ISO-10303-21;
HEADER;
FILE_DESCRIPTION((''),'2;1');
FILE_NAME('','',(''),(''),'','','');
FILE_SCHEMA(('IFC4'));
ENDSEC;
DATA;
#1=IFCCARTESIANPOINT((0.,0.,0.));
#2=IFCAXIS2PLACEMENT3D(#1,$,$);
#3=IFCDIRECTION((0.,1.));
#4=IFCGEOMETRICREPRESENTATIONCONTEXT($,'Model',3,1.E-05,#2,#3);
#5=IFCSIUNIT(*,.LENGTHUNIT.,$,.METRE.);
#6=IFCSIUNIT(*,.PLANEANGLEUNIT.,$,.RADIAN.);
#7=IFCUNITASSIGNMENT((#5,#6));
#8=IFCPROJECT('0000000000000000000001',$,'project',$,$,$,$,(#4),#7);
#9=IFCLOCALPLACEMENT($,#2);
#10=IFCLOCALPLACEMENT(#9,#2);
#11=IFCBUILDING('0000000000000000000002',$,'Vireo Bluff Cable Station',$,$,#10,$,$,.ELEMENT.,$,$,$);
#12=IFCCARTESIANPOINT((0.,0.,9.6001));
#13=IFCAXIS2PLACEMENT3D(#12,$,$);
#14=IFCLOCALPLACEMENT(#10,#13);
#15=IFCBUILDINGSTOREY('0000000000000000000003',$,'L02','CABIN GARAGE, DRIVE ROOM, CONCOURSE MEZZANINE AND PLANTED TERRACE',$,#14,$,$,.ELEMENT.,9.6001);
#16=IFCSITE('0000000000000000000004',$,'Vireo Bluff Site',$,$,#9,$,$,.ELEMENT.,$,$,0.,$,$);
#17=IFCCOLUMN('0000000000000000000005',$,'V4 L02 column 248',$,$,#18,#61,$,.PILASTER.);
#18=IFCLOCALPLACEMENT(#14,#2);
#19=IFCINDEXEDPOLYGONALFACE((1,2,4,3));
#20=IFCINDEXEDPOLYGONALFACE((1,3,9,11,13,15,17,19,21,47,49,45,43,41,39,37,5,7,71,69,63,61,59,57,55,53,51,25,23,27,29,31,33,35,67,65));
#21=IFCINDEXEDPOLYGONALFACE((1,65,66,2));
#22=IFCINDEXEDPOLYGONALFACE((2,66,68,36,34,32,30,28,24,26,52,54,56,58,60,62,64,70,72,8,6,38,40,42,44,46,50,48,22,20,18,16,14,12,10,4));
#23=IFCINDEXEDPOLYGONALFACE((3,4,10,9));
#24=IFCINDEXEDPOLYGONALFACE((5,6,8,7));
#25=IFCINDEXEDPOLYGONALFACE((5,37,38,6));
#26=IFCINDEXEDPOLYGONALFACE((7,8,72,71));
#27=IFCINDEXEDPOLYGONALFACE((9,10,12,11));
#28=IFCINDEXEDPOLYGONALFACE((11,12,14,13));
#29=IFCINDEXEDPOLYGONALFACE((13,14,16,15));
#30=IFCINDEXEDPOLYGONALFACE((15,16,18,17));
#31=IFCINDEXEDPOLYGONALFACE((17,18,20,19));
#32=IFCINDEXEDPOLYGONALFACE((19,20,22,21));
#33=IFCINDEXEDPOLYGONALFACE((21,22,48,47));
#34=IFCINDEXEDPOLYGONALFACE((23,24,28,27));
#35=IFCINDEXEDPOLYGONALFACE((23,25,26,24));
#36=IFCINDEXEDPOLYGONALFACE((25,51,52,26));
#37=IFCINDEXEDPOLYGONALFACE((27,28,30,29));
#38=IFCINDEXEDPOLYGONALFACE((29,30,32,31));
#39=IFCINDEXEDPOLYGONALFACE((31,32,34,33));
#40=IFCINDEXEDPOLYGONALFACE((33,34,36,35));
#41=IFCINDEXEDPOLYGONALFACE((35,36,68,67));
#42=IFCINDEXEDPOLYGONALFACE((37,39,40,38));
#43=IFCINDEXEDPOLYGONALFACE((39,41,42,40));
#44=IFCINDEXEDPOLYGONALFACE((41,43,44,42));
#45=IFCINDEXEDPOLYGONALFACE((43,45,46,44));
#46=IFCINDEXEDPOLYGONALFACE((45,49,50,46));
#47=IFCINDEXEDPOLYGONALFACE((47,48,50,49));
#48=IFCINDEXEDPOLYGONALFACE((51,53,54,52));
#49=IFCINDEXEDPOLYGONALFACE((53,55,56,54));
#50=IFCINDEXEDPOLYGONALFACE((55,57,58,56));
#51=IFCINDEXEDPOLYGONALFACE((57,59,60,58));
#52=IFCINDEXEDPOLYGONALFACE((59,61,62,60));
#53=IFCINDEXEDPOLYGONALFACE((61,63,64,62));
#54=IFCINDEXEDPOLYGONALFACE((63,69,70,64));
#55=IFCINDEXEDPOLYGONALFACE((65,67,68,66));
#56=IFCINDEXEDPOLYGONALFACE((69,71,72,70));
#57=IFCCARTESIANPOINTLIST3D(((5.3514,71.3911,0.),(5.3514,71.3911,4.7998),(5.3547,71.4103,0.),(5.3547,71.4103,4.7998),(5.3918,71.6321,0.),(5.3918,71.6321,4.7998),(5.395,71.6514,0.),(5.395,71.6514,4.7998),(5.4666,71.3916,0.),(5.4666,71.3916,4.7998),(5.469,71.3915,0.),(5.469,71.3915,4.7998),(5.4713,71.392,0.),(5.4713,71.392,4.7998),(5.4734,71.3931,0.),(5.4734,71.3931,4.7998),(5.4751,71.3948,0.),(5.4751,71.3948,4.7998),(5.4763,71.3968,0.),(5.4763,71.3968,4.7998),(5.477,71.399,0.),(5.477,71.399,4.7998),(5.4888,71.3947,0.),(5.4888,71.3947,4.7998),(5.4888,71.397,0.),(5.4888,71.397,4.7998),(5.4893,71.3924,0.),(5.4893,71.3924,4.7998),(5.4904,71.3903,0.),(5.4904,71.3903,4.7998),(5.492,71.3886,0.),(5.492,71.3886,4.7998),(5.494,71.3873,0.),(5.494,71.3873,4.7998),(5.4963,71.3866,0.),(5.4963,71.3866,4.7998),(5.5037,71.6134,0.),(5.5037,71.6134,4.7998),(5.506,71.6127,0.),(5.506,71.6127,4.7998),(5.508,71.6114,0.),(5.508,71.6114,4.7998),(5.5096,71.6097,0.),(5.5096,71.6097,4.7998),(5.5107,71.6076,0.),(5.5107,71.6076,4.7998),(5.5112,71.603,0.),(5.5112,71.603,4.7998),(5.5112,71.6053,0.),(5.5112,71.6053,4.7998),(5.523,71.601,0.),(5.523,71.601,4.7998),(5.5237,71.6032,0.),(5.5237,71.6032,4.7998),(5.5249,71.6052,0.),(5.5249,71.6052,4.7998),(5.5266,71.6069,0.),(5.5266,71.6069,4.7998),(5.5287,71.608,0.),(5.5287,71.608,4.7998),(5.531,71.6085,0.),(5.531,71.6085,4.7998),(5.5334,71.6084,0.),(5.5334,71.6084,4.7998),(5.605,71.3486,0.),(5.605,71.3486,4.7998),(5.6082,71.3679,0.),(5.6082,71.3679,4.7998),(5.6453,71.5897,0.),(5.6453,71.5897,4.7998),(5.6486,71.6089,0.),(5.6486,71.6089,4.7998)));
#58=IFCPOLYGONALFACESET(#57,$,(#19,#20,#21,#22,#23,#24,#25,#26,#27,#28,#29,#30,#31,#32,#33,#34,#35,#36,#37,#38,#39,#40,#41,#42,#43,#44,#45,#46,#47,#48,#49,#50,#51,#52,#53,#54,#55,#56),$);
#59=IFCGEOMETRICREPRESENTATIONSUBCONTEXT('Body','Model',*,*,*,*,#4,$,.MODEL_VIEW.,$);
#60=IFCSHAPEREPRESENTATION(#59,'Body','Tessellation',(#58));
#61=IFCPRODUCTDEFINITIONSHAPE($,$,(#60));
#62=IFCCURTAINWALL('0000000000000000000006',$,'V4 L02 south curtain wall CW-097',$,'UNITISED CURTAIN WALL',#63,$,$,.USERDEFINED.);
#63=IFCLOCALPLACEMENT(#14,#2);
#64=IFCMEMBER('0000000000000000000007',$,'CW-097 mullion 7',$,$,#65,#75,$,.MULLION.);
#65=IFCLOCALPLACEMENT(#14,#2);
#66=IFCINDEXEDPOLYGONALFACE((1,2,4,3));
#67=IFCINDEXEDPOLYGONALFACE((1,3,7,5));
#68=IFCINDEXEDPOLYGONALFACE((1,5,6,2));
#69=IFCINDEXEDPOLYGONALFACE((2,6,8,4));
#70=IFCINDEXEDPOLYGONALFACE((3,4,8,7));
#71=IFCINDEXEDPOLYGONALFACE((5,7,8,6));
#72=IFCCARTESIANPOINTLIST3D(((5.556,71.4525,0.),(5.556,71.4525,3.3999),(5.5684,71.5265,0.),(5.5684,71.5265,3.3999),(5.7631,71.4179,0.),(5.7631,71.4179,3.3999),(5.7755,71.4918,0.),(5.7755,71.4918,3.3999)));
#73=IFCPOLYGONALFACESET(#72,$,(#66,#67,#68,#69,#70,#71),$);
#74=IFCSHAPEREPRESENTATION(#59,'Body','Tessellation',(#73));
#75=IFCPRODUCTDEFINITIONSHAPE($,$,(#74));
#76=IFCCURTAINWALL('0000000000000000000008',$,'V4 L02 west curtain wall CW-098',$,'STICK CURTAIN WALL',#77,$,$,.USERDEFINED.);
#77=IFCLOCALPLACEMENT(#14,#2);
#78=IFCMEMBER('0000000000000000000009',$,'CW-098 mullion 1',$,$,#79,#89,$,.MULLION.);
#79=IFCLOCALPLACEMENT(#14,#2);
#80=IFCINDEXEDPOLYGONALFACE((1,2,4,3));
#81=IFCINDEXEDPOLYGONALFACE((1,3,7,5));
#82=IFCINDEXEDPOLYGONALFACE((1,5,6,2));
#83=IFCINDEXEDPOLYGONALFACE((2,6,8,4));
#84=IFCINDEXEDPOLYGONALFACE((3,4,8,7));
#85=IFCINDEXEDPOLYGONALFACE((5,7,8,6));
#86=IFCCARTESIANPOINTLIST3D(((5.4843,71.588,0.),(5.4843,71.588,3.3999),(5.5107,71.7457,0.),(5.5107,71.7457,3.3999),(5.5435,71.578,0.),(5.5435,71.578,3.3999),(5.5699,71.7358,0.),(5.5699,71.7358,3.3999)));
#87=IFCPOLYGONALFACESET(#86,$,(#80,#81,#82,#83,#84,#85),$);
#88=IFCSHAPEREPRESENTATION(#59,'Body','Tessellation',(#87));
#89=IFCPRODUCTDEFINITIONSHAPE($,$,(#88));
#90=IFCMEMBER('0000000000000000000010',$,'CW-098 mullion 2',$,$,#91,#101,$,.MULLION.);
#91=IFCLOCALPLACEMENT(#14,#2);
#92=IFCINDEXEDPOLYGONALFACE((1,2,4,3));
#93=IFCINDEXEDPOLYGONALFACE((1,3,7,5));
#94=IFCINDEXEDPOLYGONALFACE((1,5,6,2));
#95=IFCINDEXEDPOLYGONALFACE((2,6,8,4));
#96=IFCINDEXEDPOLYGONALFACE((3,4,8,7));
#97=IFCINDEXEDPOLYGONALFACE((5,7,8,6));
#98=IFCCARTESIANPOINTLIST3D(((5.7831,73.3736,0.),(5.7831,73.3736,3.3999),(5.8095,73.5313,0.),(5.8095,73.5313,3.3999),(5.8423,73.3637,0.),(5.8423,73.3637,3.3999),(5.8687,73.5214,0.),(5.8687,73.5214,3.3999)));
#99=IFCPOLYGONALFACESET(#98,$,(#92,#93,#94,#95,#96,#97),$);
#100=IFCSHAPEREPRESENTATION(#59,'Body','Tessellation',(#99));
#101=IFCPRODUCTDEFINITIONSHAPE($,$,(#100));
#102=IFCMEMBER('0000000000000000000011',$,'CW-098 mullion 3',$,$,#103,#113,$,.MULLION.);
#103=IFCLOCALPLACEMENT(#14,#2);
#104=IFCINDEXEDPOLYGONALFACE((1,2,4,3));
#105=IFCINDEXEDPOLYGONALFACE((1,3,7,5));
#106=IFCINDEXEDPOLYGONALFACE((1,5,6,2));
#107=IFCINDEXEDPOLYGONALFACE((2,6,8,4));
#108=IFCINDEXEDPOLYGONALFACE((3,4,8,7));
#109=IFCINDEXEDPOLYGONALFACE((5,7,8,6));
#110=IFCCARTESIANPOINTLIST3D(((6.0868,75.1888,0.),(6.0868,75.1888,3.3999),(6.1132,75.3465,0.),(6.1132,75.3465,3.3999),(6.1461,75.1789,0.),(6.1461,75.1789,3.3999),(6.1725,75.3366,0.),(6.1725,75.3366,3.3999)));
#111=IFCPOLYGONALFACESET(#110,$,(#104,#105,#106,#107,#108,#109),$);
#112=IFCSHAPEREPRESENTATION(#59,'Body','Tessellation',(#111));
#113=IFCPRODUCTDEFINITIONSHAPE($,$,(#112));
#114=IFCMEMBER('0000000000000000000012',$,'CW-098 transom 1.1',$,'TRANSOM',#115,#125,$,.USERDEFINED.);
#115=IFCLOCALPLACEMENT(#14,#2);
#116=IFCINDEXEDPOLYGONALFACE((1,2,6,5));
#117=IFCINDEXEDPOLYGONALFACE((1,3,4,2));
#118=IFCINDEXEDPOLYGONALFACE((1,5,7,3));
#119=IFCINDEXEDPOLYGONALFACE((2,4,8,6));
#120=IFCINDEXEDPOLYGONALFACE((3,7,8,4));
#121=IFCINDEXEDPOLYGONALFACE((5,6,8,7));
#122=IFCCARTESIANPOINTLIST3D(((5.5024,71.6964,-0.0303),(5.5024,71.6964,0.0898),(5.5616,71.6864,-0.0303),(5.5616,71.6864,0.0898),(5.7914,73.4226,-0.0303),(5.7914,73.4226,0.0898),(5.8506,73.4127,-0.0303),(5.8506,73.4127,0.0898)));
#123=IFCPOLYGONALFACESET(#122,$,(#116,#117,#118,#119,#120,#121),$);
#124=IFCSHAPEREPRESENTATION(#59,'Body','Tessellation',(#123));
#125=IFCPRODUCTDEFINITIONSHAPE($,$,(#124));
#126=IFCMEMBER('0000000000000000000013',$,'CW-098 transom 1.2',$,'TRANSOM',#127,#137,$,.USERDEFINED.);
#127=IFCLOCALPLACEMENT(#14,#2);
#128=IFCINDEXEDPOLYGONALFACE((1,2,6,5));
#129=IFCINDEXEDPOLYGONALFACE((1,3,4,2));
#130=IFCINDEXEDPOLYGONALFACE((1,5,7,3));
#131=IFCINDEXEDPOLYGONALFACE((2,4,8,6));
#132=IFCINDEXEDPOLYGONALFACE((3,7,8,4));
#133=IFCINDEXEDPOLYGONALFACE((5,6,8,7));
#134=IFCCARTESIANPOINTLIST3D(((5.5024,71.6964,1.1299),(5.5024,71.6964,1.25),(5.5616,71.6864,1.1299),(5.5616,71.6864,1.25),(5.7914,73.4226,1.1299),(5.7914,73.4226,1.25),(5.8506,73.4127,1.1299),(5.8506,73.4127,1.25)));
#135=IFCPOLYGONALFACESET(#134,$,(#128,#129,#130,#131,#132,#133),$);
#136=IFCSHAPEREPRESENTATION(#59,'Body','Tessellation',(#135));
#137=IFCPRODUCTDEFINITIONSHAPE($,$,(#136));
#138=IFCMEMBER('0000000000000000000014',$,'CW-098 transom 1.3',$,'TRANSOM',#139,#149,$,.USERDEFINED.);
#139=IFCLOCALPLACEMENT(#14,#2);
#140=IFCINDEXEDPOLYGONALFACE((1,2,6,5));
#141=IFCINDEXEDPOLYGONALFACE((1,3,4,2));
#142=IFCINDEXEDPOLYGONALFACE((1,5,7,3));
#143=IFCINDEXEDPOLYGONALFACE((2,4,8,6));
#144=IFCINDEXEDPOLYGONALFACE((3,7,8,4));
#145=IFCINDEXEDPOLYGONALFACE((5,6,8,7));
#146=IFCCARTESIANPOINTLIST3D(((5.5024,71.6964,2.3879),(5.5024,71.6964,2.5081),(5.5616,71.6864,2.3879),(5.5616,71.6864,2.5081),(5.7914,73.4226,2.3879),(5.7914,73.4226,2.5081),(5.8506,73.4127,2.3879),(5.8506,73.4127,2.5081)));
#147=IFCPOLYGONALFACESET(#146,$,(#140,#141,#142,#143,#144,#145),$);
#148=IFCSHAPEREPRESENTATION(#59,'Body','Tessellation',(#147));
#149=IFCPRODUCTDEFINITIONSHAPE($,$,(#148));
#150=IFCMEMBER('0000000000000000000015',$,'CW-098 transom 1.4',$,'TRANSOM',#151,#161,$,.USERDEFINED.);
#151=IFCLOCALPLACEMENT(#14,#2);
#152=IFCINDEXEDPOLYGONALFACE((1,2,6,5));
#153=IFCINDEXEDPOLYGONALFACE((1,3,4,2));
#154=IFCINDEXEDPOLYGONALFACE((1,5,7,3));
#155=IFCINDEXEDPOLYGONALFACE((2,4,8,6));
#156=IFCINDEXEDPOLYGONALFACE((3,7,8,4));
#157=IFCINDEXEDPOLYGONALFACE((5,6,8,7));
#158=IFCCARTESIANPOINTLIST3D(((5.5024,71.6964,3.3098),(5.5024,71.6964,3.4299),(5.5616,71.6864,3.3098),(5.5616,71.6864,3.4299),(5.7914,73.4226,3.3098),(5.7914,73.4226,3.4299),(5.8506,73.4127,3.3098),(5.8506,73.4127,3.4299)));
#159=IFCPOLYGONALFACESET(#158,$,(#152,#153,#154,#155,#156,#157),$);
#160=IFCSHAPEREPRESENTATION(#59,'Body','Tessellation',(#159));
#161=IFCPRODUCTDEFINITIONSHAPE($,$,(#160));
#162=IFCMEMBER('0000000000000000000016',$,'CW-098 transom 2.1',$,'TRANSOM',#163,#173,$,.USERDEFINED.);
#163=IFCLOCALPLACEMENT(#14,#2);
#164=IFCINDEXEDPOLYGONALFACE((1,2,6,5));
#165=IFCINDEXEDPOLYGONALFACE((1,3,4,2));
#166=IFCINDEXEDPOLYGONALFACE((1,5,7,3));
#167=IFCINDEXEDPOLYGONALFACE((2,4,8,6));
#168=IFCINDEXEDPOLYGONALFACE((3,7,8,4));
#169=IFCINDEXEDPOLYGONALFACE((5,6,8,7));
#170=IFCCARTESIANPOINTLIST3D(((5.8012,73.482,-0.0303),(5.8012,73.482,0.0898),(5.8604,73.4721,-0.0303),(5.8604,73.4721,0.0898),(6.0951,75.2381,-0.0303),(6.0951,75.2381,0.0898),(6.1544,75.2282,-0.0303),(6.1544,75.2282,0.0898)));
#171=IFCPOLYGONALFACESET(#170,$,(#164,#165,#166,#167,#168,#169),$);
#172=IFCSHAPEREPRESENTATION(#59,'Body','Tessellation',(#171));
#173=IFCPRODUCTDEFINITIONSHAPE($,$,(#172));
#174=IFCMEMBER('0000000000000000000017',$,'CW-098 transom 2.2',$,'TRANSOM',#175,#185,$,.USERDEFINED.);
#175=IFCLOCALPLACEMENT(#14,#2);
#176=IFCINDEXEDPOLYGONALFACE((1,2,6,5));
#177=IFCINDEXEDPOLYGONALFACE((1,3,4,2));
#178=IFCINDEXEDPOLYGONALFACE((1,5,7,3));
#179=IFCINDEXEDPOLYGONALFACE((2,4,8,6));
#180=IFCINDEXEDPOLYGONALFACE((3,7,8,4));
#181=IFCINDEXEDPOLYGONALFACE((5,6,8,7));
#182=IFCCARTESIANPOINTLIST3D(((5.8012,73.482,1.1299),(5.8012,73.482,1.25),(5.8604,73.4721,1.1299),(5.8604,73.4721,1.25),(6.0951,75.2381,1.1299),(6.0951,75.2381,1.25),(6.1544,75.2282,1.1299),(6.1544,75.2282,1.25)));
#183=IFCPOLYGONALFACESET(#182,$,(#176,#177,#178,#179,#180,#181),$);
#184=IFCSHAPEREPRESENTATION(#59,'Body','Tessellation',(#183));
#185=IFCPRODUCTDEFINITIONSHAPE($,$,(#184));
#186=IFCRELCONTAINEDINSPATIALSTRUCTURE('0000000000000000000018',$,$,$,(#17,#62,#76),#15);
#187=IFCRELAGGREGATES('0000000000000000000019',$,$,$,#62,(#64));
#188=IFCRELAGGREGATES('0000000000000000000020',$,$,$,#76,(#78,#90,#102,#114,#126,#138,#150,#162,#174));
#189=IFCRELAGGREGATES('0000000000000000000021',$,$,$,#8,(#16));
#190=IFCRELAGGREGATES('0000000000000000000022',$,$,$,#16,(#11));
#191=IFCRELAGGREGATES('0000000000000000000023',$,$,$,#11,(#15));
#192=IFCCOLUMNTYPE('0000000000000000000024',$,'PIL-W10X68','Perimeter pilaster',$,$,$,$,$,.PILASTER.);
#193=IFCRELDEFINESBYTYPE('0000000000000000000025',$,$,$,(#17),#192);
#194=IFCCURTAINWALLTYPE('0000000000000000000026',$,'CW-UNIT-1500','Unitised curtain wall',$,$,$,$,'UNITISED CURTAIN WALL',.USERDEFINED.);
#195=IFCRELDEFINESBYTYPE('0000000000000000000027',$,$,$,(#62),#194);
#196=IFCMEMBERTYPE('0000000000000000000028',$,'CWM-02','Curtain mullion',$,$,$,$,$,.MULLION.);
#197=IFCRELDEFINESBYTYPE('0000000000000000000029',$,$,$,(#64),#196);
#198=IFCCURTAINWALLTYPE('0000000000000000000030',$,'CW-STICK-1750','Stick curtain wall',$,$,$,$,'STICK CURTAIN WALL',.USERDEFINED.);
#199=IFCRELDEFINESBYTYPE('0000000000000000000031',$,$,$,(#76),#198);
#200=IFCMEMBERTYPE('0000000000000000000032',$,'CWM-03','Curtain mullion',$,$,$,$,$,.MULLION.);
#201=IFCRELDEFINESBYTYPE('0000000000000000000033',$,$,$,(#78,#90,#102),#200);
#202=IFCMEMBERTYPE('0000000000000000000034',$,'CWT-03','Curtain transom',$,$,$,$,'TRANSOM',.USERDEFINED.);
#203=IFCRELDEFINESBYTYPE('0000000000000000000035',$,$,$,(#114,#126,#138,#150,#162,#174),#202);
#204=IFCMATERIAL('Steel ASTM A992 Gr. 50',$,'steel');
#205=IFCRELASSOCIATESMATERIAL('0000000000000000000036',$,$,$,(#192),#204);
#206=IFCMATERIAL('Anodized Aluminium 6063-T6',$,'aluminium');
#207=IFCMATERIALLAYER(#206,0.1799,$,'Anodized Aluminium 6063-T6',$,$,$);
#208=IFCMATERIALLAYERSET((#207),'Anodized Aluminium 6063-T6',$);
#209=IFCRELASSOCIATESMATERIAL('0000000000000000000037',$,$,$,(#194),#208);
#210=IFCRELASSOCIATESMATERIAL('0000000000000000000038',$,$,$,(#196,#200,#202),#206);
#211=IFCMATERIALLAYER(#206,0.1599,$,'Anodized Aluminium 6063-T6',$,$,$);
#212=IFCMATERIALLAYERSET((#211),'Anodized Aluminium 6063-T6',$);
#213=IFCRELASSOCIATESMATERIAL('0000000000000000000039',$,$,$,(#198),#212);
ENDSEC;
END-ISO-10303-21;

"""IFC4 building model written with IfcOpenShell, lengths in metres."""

from ifc_helpers import new_model, si_unit, direction, frame, origin, origin_2d, place, context, subcontext, project, spatial, rectangle, i_section, extrude, material, layer, layer_set, material_profile, profile_set, type_object, element, aggregate, save


model = new_model("IFC4")

# Units and contexts
model_context = context("Model", 3, precision=1e-05, world=origin(), true_north=direction((0.0, 1.0)))
body_context = subcontext(model_context, "Body", "Model", "MODEL_VIEW")
ifc_project = project(units=[si_unit("LENGTHUNIT", "METRE"), si_unit("PLANEANGLEUNIT", "RADIAN")], contexts=[model_context])

# Site, building, storey
site_placement = place(None, origin())
site = spatial("IfcSite", under=ifc_project, at=site_placement, Name="Vireo Bluff Site", CompositionType="ELEMENT", RefElevation=0.0)
building_placement = place(site_placement, origin())
building = spatial("IfcBuilding", under=site, at=building_placement, Name="Vireo Bluff Cable Station", CompositionType="ELEMENT")
storey_placement = place(building_placement, frame((0.0, 0.0, 9.6001)))
storey = spatial("IfcBuildingStorey", under=building, at=storey_placement, Name="L02", Description="CABIN GARAGE, DRIVE ROOM, CONCOURSE MEZZANINE AND PLANTED TERRACE", CompositionType="ELEMENT", Elevation=9.6001)

# Column
ifc_material_1 = material(Name="Steel ASTM A992 Gr. 50", Category="steel")
ifc_material_profile_1 = material_profile(ifc_material_1, i_section(OverallWidth=0.2571, OverallDepth=0.2639, WebThickness=0.012, FlangeThickness=0.0195, FilletRadius=0.009, at=origin_2d()), Name="W10X68")
ifc_profile_set_1 = profile_set([ifc_material_profile_1], Name="Steel ASTM A992 Gr. 50")
column_type = type_object("IfcColumnType", Name="PIL-W10X68", Description="Perimeter pilaster", PredefinedType="PILASTER", material=ifc_profile_set_1)
column_placement = place(storey_placement, frame((5.5, 71.5, 0.0), z_axis=(0.0, 0.0, 1.0), x_axis=(0.986286, -0.165048, 0.0)))
element("IfcColumn", 1, at=column_placement, inside=storey, type_object=column_type, Name="V4 L02 column 248", PredefinedType="PILASTER", context=body_context, shape_type="SweptSolid", body=[
    extrude(i_section(OverallWidth=0.2571, OverallDepth=0.2639, WebThickness=0.012, FlangeThickness=0.0195, FilletRadius=0.009, at=origin_2d()), origin(), (0.0, 0.0, 1.0), 4.7998),
])

# Curtain wall, member
ifc_material_2 = material(Name="Anodized Aluminium 6063-T6", Category="aluminium")
ifc_layer_1 = layer(ifc_material_2, 0.1799, Name="Anodized Aluminium 6063-T6")
ifc_layer_set_1 = layer_set([ifc_layer_1], Name="Anodized Aluminium 6063-T6")
curtain_wall_type_1 = type_object("IfcCurtainWallType", Name="CW-UNIT-1500", Description="Unitised curtain wall", ElementType="UNITISED CURTAIN WALL", PredefinedType="USERDEFINED", material=ifc_layer_set_1)
curtain_wall_1_placement = place(storey_placement, origin())
curtain_wall_1 = element("IfcCurtainWall", 2, at=curtain_wall_1_placement, inside=storey, type_object=curtain_wall_type_1, Name="V4 L02 south curtain wall CW-097", ObjectType="UNITISED CURTAIN WALL", PredefinedType="USERDEFINED")
ifc_material_profile_2 = material_profile(ifc_material_2, rectangle(XDim=0.075, YDim=0.21, at=origin_2d()), Name="ALU-M-75X210")
ifc_profile_set_2 = profile_set([ifc_material_profile_2], Name="Anodized Aluminium 6063-T6")
member_type_1 = type_object("IfcMemberType", Name="CWM-02", Description="Curtain mullion", PredefinedType="MULLION", material=ifc_profile_set_2)
member_1_placement = place(storey_placement, frame((5.6658, 71.4722, 0.0), z_axis=(0.0, 0.0, 1.0), x_axis=(-0.165048, -0.986286, 0.0)))
member_1 = element("IfcMember", 3, at=member_1_placement, type_object=member_type_1, Name="CW-097 mullion 7", PredefinedType="MULLION", context=body_context, shape_type="SweptSolid", body=[
    extrude(rectangle(XDim=0.075, YDim=0.21, at=origin_2d()), origin(), (0.0, 0.0, 1.0), 3.3999),
])
aggregate(curtain_wall_1, [member_1])

# Curtain wall, members
ifc_layer_2 = layer(ifc_material_2, 0.1599, Name="Anodized Aluminium 6063-T6")
ifc_layer_set_2 = layer_set([ifc_layer_2], Name="Anodized Aluminium 6063-T6")
curtain_wall_type_2 = type_object("IfcCurtainWallType", Name="CW-STICK-1750", Description="Stick curtain wall", ElementType="STICK CURTAIN WALL", PredefinedType="USERDEFINED", material=ifc_layer_set_2)
curtain_wall_2_placement = place(storey_placement, origin())
curtain_wall_2 = element("IfcCurtainWall", 4, at=curtain_wall_2_placement, inside=storey, type_object=curtain_wall_type_2, Name="V4 L02 west curtain wall CW-098", ObjectType="STICK CURTAIN WALL", PredefinedType="USERDEFINED")
ifc_material_profile_3 = material_profile(ifc_material_2, rectangle(XDim=0.0601, YDim=0.1599, at=origin_2d()), Name="ALU-M-60X160")
ifc_profile_set_3 = profile_set([ifc_material_profile_3], Name="Anodized Aluminium 6063-T6")
member_type_2 = type_object("IfcMemberType", Name="CWM-03", Description="Curtain mullion", PredefinedType="MULLION", material=ifc_profile_set_3)
member_2_placement = place(storey_placement, frame((5.5271, 71.6619, 0.0), z_axis=(0.0, 0.0, 1.0), x_axis=(-0.986286, 0.165048, 0.0)))
member_2 = element("IfcMember", 5, at=member_2_placement, type_object=member_type_2, Name="CW-098 mullion 1", PredefinedType="MULLION", context=body_context, shape_type="SweptSolid", body=[
    extrude(rectangle(XDim=0.0601, YDim=0.1599, at=origin_2d()), origin(), (0.0, 0.0, 1.0), 3.3999),
])
member_3_placement = place(storey_placement, frame((5.8259, 73.4475, 0.0), z_axis=(0.0, 0.0, 1.0), x_axis=(-0.986286, 0.165048, 0.0)))
member_3 = element("IfcMember", 6, at=member_3_placement, type_object=member_type_2, Name="CW-098 mullion 2", PredefinedType="MULLION", context=body_context, shape_type="SweptSolid", body=[
    extrude(rectangle(XDim=0.0601, YDim=0.1599, at=origin_2d()), origin(), (0.0, 0.0, 1.0), 3.3999),
])
member_4_placement = place(storey_placement, frame((6.1296, 75.2627, 0.0), z_axis=(0.0, 0.0, 1.0), x_axis=(-0.986286, 0.165048, 0.0)))
member_4 = element("IfcMember", 7, at=member_4_placement, type_object=member_type_2, Name="CW-098 mullion 3", PredefinedType="MULLION", context=body_context, shape_type="SweptSolid", body=[
    extrude(rectangle(XDim=0.0601, YDim=0.1599, at=origin_2d()), origin(), (0.0, 0.0, 1.0), 3.3999),
])
ifc_material_profile_4 = material_profile(ifc_material_2, rectangle(XDim=0.0601, YDim=0.1201, at=origin_2d()), Name="ALU-T-60X120")
ifc_profile_set_4 = profile_set([ifc_material_profile_4], Name="Anodized Aluminium 6063-T6")
member_type_3 = type_object("IfcMemberType", Name="CWT-03", Description="Curtain transom", ElementType="TRANSOM", PredefinedType="USERDEFINED", material=ifc_profile_set_4)
member_5_placement = place(storey_placement, frame((5.532, 71.6914, 0.0298), z_axis=(0.165145, 0.986269, 0.0), x_axis=(-0.986269, 0.165145, 0.0)))
member_5 = element("IfcMember", 8, at=member_5_placement, type_object=member_type_3, Name="CW-098 transom 1.1", ObjectType="TRANSOM", PredefinedType="USERDEFINED", context=body_context, shape_type="SweptSolid", body=[
    extrude(rectangle(XDim=0.0601, YDim=0.1201, at=origin_2d()), origin(), (0.0, 0.0, 1.0), 1.7502),
])
member_6_placement = place(storey_placement, frame((5.532, 71.6914, 1.1899), z_axis=(0.165145, 0.986269, 0.0), x_axis=(-0.986269, 0.165145, 0.0)))
member_6 = element("IfcMember", 9, at=member_6_placement, type_object=member_type_3, Name="CW-098 transom 1.2", ObjectType="TRANSOM", PredefinedType="USERDEFINED", context=body_context, shape_type="SweptSolid", body=[
    extrude(rectangle(XDim=0.0601, YDim=0.1201, at=origin_2d()), origin(), (0.0, 0.0, 1.0), 1.7502),
])
member_7_placement = place(storey_placement, frame((5.532, 71.6914, 2.448), z_axis=(0.165145, 0.986269, 0.0), x_axis=(-0.986269, 0.165145, 0.0)))
member_7 = element("IfcMember", 10, at=member_7_placement, type_object=member_type_3, Name="CW-098 transom 1.3", ObjectType="TRANSOM", PredefinedType="USERDEFINED", context=body_context, shape_type="SweptSolid", body=[
    extrude(rectangle(XDim=0.0601, YDim=0.1201, at=origin_2d()), origin(), (0.0, 0.0, 1.0), 1.7502),
])
member_8_placement = place(storey_placement, frame((5.532, 71.6914, 3.3699), z_axis=(0.165145, 0.986269, 0.0), x_axis=(-0.986269, 0.165145, 0.0)))
member_8 = element("IfcMember", 11, at=member_8_placement, type_object=member_type_3, Name="CW-098 transom 1.4", ObjectType="TRANSOM", PredefinedType="USERDEFINED", context=body_context, shape_type="SweptSolid", body=[
    extrude(rectangle(XDim=0.0601, YDim=0.1201, at=origin_2d()), origin(), (0.0, 0.0, 1.0), 1.7502),
])
member_9_placement = place(storey_placement, frame((5.8308, 73.4771, 0.0298), z_axis=(0.165088, 0.986279, 0.0), x_axis=(-0.986279, 0.165088, 0.0)))
member_9 = element("IfcMember", 12, at=member_9_placement, type_object=member_type_3, Name="CW-098 transom 2.1", ObjectType="TRANSOM", PredefinedType="USERDEFINED", context=body_context, shape_type="SweptSolid", body=[
    extrude(rectangle(XDim=0.0601, YDim=0.1201, at=origin_2d()), origin(), (0.0, 0.0, 1.0), 1.7805),
])
member_10_placement = place(storey_placement, frame((5.8308, 73.4771, 1.1899), z_axis=(0.165088, 0.986279, 0.0), x_axis=(-0.986279, 0.165088, 0.0)))
member_10 = element("IfcMember", 13, at=member_10_placement, type_object=member_type_3, Name="CW-098 transom 2.2", ObjectType="TRANSOM", PredefinedType="USERDEFINED", context=body_context, shape_type="SweptSolid", body=[
    extrude(rectangle(XDim=0.0601, YDim=0.1201, at=origin_2d()), origin(), (0.0, 0.0, 1.0), 1.7805),
])
aggregate(curtain_wall_2, [member_2, member_3, member_4, member_5, member_6, member_7, member_8, member_9, member_10])

save(model, "model.ifc")
